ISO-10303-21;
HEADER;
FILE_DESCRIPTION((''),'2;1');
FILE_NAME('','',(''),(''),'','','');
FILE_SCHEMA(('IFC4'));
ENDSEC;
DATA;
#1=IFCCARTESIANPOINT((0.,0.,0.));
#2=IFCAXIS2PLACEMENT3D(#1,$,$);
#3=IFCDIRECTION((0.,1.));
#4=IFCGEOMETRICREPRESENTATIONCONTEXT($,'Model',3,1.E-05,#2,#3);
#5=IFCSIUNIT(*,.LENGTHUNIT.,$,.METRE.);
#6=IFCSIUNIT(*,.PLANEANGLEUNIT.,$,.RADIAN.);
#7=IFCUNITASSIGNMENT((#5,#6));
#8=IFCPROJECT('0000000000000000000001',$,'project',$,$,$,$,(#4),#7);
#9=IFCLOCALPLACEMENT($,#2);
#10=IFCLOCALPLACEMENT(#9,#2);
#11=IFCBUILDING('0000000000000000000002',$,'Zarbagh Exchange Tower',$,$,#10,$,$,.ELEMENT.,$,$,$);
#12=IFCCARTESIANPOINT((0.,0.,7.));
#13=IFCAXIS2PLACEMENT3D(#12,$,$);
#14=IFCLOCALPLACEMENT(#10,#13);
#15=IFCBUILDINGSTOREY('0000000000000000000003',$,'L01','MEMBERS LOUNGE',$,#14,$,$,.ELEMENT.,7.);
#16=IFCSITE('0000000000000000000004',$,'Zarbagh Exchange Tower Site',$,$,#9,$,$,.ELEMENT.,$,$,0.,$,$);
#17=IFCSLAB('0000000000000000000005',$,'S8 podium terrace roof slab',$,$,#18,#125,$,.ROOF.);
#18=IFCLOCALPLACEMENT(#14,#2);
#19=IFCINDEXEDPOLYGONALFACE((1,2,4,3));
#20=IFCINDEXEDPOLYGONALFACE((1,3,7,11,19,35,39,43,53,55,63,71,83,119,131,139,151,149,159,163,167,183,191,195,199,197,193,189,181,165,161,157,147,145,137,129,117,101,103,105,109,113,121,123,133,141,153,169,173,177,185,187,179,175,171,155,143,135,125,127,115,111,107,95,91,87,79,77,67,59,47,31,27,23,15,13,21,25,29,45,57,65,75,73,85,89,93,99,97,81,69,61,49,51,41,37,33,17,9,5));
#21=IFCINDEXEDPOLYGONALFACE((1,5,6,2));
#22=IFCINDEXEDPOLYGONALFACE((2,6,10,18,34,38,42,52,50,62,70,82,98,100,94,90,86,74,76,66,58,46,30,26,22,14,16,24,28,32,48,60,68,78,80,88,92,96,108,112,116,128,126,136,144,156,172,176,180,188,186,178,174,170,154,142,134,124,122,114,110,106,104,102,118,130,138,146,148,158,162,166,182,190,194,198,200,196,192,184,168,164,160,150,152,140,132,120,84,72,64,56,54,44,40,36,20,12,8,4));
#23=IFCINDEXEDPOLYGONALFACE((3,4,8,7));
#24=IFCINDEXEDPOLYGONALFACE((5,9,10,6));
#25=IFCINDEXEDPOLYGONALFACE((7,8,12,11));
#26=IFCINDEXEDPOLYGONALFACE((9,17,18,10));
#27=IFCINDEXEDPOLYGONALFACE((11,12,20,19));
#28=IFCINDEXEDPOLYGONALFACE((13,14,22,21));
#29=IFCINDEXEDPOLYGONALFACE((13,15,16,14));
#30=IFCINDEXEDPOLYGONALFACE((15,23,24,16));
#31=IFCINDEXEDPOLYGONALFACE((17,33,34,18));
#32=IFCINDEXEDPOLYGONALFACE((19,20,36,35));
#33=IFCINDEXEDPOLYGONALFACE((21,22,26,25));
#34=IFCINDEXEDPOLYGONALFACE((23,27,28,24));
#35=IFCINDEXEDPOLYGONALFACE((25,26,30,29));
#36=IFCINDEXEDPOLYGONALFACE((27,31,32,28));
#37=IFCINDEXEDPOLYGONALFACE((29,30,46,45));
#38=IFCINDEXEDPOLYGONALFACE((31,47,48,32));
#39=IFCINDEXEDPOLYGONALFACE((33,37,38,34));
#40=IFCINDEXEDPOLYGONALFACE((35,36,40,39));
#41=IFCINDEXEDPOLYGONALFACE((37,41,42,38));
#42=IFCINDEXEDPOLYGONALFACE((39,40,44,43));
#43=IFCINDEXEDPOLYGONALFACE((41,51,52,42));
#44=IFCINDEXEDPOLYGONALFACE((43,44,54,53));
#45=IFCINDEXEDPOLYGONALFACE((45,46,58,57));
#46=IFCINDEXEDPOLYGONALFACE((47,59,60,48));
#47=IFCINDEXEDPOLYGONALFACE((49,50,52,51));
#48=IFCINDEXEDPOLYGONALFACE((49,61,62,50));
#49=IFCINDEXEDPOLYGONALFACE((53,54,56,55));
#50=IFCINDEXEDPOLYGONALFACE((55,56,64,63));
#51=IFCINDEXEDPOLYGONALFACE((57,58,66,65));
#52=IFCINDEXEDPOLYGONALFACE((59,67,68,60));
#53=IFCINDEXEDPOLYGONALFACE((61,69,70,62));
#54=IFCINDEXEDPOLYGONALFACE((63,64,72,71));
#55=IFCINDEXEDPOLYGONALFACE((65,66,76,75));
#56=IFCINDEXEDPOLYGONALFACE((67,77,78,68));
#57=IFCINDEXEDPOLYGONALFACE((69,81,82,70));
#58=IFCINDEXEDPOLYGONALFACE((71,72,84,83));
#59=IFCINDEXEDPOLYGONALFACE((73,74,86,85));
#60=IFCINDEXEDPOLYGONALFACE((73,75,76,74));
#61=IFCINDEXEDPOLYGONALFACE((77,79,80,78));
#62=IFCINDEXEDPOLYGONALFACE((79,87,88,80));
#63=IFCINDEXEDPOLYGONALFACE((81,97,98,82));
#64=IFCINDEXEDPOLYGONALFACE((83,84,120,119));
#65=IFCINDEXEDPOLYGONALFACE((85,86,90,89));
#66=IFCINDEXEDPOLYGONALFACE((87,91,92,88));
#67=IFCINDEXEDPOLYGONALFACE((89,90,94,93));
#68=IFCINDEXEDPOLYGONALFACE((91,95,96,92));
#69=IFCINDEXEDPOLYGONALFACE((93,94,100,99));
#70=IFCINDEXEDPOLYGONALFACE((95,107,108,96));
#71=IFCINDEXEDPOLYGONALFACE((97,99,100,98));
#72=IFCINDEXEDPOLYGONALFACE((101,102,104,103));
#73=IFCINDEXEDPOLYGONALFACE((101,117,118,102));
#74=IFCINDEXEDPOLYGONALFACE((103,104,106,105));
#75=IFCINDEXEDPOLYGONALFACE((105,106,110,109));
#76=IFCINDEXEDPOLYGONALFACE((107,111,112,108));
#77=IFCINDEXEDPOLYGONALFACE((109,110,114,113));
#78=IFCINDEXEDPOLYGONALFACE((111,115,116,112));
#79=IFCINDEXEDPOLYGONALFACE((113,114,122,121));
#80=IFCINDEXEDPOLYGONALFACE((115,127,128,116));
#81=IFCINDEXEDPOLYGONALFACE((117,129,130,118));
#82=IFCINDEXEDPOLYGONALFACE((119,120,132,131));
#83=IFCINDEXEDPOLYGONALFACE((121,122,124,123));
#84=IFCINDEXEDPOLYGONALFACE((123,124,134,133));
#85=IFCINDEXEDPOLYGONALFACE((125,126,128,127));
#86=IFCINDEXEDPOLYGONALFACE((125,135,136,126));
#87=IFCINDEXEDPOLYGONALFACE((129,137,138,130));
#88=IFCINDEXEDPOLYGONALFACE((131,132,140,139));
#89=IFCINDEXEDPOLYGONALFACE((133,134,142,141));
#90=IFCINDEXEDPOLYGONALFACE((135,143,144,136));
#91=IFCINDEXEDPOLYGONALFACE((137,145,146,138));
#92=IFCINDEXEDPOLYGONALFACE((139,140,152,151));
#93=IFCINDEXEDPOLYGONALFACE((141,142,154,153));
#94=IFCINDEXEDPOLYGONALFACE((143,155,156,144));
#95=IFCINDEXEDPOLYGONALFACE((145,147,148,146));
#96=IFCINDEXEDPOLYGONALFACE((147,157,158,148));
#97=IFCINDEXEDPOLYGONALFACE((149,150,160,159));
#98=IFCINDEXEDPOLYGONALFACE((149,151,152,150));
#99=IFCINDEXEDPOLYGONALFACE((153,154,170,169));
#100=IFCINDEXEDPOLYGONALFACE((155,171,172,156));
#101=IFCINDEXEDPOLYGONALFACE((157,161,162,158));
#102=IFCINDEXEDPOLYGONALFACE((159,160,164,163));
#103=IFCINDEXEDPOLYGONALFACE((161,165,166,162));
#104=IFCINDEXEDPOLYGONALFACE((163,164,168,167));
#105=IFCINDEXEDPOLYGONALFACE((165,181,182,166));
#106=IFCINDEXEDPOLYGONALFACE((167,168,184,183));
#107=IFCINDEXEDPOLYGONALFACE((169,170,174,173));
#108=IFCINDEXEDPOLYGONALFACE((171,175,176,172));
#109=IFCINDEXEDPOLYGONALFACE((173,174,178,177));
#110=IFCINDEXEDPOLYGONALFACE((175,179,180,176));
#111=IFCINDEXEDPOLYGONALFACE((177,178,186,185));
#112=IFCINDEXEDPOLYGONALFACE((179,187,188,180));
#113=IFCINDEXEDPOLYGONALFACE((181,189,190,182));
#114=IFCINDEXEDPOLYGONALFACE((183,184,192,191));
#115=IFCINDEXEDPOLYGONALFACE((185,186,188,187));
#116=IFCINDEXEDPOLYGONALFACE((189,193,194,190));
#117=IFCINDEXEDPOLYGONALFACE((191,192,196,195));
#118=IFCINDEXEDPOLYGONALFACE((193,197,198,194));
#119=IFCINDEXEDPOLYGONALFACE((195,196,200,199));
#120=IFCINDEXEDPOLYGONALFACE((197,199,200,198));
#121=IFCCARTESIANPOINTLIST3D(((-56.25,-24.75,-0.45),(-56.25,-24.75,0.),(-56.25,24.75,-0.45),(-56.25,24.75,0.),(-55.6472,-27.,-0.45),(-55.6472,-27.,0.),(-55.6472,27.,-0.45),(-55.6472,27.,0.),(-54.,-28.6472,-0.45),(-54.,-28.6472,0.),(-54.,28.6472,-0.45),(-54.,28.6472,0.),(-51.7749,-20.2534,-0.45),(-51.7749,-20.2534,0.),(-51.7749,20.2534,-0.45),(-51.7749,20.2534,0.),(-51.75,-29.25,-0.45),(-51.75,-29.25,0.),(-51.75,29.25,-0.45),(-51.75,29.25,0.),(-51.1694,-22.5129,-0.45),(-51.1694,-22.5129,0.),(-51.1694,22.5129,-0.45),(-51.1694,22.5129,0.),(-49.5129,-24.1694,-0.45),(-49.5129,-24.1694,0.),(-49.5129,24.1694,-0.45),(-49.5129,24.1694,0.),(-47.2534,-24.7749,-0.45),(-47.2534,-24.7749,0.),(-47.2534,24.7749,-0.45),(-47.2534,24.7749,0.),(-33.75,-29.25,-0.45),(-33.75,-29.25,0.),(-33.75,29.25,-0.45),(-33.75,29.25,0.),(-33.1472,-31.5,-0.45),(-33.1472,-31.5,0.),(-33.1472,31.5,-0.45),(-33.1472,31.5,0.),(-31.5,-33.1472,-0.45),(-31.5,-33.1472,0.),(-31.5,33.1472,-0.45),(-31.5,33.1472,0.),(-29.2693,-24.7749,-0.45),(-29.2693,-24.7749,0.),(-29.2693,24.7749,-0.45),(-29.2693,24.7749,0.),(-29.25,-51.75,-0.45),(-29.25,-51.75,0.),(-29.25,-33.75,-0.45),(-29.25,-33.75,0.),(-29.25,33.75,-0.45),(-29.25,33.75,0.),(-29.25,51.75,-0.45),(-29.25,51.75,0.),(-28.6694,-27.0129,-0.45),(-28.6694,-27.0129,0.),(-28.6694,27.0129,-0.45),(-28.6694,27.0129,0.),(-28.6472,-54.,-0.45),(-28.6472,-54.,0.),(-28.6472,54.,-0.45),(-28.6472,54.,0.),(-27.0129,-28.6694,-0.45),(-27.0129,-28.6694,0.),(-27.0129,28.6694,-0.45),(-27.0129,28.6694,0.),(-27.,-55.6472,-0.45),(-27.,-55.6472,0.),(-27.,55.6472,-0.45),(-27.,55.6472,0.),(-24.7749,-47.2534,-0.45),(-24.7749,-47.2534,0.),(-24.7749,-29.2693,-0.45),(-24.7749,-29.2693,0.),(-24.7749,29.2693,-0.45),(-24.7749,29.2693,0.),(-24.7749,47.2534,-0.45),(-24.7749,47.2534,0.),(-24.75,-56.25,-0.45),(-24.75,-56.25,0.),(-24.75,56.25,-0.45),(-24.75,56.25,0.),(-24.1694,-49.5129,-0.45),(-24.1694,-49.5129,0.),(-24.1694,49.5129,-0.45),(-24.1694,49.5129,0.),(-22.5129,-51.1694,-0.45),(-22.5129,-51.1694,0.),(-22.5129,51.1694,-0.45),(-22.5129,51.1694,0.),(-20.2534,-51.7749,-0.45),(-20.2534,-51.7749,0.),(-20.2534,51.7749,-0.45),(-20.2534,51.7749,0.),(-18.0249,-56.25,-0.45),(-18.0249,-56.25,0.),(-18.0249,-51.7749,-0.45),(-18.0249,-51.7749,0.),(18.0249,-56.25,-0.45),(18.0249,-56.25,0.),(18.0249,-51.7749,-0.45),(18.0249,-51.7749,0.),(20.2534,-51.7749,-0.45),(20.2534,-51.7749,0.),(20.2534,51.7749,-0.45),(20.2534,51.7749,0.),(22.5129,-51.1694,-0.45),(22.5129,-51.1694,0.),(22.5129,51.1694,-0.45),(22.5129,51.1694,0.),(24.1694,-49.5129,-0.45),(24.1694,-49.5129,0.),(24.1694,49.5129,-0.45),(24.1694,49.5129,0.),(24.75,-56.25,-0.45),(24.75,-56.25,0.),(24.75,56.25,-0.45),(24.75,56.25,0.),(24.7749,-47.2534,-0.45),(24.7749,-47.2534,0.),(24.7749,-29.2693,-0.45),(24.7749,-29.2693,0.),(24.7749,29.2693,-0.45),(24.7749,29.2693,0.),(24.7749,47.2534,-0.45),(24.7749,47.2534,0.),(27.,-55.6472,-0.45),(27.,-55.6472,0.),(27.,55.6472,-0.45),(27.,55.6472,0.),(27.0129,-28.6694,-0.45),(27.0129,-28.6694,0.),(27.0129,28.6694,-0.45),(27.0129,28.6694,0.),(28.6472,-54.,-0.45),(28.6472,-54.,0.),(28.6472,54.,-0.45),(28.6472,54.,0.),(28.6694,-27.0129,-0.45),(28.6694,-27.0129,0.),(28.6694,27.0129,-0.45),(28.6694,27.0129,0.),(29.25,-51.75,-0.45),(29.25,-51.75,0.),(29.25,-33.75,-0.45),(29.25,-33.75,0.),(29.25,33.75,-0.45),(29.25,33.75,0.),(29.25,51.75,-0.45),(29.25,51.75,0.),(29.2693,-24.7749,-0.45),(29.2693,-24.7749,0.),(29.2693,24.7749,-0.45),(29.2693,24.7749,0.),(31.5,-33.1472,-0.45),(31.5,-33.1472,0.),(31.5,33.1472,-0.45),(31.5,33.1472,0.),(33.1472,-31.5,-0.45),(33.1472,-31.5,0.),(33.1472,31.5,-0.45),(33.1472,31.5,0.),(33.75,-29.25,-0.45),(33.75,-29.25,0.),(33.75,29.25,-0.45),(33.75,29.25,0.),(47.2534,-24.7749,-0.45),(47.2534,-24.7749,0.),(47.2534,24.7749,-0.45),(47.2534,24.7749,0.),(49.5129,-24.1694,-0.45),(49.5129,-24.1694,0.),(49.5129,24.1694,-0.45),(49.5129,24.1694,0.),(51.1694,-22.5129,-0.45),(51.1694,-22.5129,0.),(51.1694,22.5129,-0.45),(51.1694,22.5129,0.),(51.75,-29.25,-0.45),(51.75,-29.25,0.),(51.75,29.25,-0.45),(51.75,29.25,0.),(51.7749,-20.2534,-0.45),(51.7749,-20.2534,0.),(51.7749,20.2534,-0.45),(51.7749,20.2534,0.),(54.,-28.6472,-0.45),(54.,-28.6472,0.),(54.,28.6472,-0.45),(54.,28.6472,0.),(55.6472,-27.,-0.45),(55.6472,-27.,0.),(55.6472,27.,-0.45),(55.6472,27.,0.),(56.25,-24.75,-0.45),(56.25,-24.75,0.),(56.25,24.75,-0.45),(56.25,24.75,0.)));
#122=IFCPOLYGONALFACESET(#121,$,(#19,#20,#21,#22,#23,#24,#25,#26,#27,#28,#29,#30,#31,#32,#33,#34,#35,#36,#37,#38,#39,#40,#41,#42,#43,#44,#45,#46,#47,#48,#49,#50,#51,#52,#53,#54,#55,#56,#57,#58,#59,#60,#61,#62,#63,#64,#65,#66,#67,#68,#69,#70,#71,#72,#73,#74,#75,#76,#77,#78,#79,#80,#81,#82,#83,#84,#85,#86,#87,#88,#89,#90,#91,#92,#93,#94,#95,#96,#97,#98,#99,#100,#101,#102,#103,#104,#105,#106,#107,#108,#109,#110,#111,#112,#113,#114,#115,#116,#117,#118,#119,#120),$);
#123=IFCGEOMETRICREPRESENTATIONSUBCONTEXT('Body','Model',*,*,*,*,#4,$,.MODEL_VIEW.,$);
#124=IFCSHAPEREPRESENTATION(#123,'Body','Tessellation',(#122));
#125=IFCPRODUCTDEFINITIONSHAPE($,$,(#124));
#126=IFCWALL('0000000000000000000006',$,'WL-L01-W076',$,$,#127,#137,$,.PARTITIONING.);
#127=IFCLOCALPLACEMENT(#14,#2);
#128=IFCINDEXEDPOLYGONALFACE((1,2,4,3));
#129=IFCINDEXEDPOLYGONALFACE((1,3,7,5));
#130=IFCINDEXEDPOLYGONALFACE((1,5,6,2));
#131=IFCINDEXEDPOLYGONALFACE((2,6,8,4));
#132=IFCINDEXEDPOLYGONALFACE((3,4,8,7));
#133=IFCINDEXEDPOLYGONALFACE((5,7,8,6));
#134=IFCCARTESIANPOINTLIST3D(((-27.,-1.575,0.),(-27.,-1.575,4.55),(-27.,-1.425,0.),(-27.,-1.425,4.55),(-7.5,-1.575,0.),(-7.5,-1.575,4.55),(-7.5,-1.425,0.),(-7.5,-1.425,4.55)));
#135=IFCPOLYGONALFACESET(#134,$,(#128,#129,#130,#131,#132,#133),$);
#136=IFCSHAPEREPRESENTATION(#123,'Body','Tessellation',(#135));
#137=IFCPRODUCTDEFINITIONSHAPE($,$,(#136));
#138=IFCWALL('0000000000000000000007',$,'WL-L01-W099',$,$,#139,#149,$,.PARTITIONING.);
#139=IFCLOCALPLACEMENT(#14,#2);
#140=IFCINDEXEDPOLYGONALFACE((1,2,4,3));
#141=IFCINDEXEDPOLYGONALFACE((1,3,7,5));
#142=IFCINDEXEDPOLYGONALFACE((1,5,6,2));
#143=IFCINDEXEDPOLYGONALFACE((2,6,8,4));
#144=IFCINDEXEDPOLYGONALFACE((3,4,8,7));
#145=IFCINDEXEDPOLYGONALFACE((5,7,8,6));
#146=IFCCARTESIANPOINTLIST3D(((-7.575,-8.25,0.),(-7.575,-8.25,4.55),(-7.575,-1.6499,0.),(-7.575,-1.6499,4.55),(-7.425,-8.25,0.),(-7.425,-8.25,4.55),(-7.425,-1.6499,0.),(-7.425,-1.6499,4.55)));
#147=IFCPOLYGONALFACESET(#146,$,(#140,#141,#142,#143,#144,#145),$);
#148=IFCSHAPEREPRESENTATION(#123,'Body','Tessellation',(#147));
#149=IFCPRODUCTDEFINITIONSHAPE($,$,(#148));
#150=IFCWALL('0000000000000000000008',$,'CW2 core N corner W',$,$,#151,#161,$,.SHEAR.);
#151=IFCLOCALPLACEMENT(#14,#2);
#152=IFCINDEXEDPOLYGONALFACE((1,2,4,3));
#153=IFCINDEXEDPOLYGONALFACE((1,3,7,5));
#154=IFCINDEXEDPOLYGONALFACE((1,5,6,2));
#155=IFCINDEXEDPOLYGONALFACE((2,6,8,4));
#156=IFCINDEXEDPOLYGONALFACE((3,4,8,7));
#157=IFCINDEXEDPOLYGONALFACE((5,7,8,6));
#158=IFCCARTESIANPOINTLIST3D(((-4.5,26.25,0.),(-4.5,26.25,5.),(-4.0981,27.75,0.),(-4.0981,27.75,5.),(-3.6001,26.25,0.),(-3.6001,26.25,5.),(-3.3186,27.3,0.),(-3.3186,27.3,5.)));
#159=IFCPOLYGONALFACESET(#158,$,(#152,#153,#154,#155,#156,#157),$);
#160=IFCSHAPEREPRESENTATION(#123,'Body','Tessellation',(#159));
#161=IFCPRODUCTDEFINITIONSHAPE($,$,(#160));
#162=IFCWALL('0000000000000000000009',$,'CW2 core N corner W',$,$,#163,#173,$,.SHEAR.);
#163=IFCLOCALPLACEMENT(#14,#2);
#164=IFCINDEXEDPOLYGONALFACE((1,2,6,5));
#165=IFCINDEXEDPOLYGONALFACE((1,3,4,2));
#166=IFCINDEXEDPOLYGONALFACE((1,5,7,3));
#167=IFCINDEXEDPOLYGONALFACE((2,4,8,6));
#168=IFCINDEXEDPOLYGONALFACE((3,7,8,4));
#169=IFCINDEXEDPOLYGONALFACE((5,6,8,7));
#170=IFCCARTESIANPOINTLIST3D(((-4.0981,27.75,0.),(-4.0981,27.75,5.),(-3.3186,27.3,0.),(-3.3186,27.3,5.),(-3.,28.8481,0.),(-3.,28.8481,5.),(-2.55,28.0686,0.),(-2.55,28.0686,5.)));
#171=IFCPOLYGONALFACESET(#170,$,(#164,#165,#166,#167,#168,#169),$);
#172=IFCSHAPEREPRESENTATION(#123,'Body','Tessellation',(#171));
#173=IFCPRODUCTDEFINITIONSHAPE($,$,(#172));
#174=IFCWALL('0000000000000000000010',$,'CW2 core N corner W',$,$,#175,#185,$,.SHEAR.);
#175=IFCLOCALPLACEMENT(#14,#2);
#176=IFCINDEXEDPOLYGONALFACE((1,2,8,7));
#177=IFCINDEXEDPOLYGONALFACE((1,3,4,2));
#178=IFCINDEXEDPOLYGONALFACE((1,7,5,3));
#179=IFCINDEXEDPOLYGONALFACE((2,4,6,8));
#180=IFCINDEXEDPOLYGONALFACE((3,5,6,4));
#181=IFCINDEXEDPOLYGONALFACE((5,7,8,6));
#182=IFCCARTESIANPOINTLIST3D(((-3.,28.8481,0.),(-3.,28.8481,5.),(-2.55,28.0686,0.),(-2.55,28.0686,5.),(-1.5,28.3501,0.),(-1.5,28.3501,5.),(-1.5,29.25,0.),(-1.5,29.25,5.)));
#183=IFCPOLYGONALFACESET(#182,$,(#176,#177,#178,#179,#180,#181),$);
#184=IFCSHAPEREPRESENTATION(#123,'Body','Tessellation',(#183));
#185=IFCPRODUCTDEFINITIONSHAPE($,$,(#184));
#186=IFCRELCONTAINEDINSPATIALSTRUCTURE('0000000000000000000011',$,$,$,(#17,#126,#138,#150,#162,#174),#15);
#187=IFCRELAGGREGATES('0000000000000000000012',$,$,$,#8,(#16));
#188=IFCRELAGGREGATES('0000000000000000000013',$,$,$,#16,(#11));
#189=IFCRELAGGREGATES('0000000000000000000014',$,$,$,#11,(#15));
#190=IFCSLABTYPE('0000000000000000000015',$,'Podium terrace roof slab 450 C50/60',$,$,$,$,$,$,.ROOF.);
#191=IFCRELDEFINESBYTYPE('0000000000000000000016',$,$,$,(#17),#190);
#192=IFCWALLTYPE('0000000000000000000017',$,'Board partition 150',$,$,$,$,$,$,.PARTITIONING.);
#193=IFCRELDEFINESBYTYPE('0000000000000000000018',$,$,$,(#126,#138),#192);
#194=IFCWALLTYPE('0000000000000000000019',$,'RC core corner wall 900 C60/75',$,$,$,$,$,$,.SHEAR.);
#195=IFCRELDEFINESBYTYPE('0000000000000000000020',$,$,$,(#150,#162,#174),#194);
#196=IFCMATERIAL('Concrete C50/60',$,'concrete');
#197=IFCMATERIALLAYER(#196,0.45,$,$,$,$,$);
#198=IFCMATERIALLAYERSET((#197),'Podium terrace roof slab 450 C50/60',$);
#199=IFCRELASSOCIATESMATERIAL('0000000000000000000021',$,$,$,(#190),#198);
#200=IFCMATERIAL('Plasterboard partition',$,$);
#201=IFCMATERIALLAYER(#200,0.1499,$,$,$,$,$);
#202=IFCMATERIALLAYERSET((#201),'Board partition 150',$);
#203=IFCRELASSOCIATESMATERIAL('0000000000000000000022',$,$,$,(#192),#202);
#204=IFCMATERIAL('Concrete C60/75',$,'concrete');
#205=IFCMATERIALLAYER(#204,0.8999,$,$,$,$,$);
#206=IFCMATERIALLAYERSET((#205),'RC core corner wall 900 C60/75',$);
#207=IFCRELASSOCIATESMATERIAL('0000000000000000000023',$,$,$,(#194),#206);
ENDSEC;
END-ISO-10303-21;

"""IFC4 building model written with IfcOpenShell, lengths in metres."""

from ifc_helpers import new_model, si_unit, direction, frame, frame_2d, origin, place, context, subcontext, project, spatial, polyline, rectangle, outline, extrude, material, layer, layer_set, type_object, element, save


model = new_model("IFC4")

# Units and contexts
model_context = context("Model", 3, precision=1e-05, world=origin(), true_north=direction((0.0, 1.0)))
body_context = subcontext(model_context, "Body", "Model", "MODEL_VIEW")
ifc_project = project(units=[si_unit("LENGTHUNIT", "METRE"), si_unit("PLANEANGLEUNIT", "RADIAN")], contexts=[model_context])

# Site, building, storey
site_placement = place(None, origin())
site = spatial("IfcSite", under=ifc_project, at=site_placement, Name="Zarbagh Exchange Tower Site", CompositionType="ELEMENT", RefElevation=0.0)
building_placement = place(site_placement, origin())
building = spatial("IfcBuilding", under=site, at=building_placement, Name="Zarbagh Exchange Tower", CompositionType="ELEMENT")
storey_placement = place(building_placement, frame((0.0, 0.0, 7.0)))
storey = spatial("IfcBuildingStorey", under=building, at=storey_placement, Name="L01", Description="MEMBERS LOUNGE", CompositionType="ELEMENT", Elevation=7.0)

# Shared definitions
ifc_material_1 = material(Name="Concrete C60/75", Category="concrete")

# Slab
ifc_material_2 = material(Name="Concrete C50/60", Category="concrete")
ifc_layer_1 = layer(ifc_material_2, 0.45)
ifc_layer_set_1 = layer_set([ifc_layer_1], Name="Podium terrace roof slab 450 C50/60")
slab_type_1 = type_object("IfcSlabType", Name="Podium terrace roof slab 450 C50/60", PredefinedType="ROOF", material=ifc_layer_set_1)
slab_1_placement = place(storey_placement, frame((0.0, 0.0, -0.45)))
element("IfcSlab", 1, at=slab_1_placement, inside=storey, type_object=slab_type_1, Name="S8 podium terrace roof slab", PredefinedType="ROOF", context=body_context, shape_type="SweptSolid", body=[
    extrude(outline(polyline([(-28.6472, -54.0), (-29.25, -51.75), (-29.25, -33.75), (-31.5, -33.1472), (-33.1472, -31.5), (-33.75, -29.25), (-51.75, -29.25), (-54.0, -28.6472), (-55.6472, -27.0), (-56.25, -24.75), (-56.25, 24.75), (-55.6472, 27.0), (-54.0, 28.6472), (-51.75, 29.25), (-33.75, 29.25), (-33.1472, 31.5), (-31.5, 33.1472), (-29.25, 33.75), (-29.25, 51.75), (-28.6472, 54.0), (-27.0, 55.6472), (-24.75, 56.25), (24.75, 56.25), (27.0, 55.6472), (28.6472, 54.0), (29.25, 51.75), (29.25, 33.75), (31.5, 33.1472), (33.1472, 31.5), (33.75, 29.25), (51.75, 29.25), (54.0, 28.6472), (55.6472, 27.0), (56.25, 24.75), (56.25, -24.75), (55.6472, -27.0), (54.0, -28.6472), (51.75, -29.25), (33.75, -29.25), (33.1472, -31.5), (31.5, -33.1472), (29.25, -33.75), (29.25, -51.75), (28.6472, -54.0), (27.0, -55.6472), (24.75, -56.25), (18.0249, -56.25), (18.0249, -51.7749), (20.2534, -51.7749), (22.5129, -51.1694), (24.1694, -49.5129), (24.7749, -47.2534), (24.7749, -29.2693), (27.0129, -28.6694), (28.6694, -27.0129), (29.2693, -24.7749), (47.2534, -24.7749), (49.5129, -24.1694), (51.1694, -22.5129), (51.7749, -20.2534), (51.7749, 20.2534), (51.1694, 22.5129), (49.5129, 24.1694), (47.2534, 24.7749), (29.2693, 24.7749), (28.6694, 27.0129), (27.0129, 28.6694), (24.7749, 29.2693), (24.7749, 47.2534), (24.1694, 49.5129), (22.5129, 51.1694), (20.2534, 51.7749), (-20.2534, 51.7749), (-22.5129, 51.1694), (-24.1694, 49.5129), (-24.7749, 47.2534), (-24.7749, 29.2693), (-27.0129, 28.6694), (-28.6694, 27.0129), (-29.2693, 24.7749), (-47.2534, 24.7749), (-49.5129, 24.1694), (-51.1694, 22.5129), (-51.7749, 20.2534), (-51.7749, -20.2534), (-51.1694, -22.5129), (-49.5129, -24.1694), (-47.2534, -24.7749), (-29.2693, -24.7749), (-28.6694, -27.0129), (-27.0129, -28.6694), (-24.7749, -29.2693), (-24.7749, -47.2534), (-24.1694, -49.5129), (-22.5129, -51.1694), (-20.2534, -51.7749), (-18.0249, -51.7749), (-18.0249, -56.25), (-24.75, -56.25), (-27.0, -55.6472), (-28.6472, -54.0)])), origin(), (0.0, 0.0, 1.0), 0.45),
])

# Walls
ifc_material_3 = material(Name="Plasterboard partition")
ifc_layer_2 = layer(ifc_material_3, 0.1499)
ifc_layer_set_2 = layer_set([ifc_layer_2], Name="Board partition 150")
wall_type_1 = type_object("IfcWallType", Name="Board partition 150", PredefinedType="PARTITIONING", material=ifc_layer_set_2)
wall_1_placement = place(storey_placement, frame((-7.5, -1.5, 0.0), z_axis=(0.0, 0.0, 1.0), x_axis=(-1.0, 0.0, 0.0)))
element("IfcWall", 2, at=wall_1_placement, inside=storey, type_object=wall_type_1, Name="WL-L01-W076", PredefinedType="PARTITIONING", context=body_context, shape_type="SweptSolid", body=[
    extrude(rectangle(XDim=19.5, YDim=0.1499, at=frame_2d((9.75, 0.0))), origin(), (0.0, 0.0, 1.0), 4.55),
])
wall_2_placement = place(storey_placement, frame((-7.5, -1.6499, 0.0), z_axis=(0.0, 0.0, 1.0), x_axis=(0.0, -1.0, 0.0)))
element("IfcWall", 3, at=wall_2_placement, inside=storey, type_object=wall_type_1, Name="WL-L01-W099", PredefinedType="PARTITIONING", context=body_context, shape_type="SweptSolid", body=[
    extrude(rectangle(XDim=6.6001, YDim=0.1499, at=frame_2d((3.3, 0.0))), origin(), (0.0, 0.0, 1.0), 4.55),
])
ifc_layer_3 = layer(ifc_material_1, 0.8999)
ifc_layer_set_3 = layer_set([ifc_layer_3], Name="RC core corner wall 900 C60/75")
wall_type_2 = type_object("IfcWallType", Name="RC core corner wall 900 C60/75", PredefinedType="SHEAR", material=ifc_layer_set_3)
wall_3_placement = place(storey_placement, origin())
element("IfcWall", 4, at=wall_3_placement, inside=storey, type_object=wall_type_2, Name="CW2 core N corner W", PredefinedType="SHEAR", context=body_context, shape_type="SweptSolid", body=[
    extrude(outline(polyline([(-4.5, 26.25), (-4.0981, 27.75), (-3.3186, 27.3), (-3.6001, 26.25), (-4.5, 26.25)])), origin(), (0.0, 0.0, 1.0), 5.0),
])
wall_4_placement = place(storey_placement, origin())
element("IfcWall", 5, at=wall_4_placement, inside=storey, type_object=wall_type_2, Name="CW2 core N corner W", PredefinedType="SHEAR", context=body_context, shape_type="SweptSolid", body=[
    extrude(outline(polyline([(-4.0981, 27.75), (-3.0, 28.8481), (-2.55, 28.0686), (-3.3186, 27.3), (-4.0981, 27.75)])), origin(), (0.0, 0.0, 1.0), 5.0),
])
wall_5_placement = place(storey_placement, origin())
element("IfcWall", 6, at=wall_5_placement, inside=storey, type_object=wall_type_2, Name="CW2 core N corner W", PredefinedType="SHEAR", context=body_context, shape_type="SweptSolid", body=[
    extrude(outline(polyline([(-3.0, 28.8481), (-1.5, 29.25), (-1.5, 28.3501), (-2.55, 28.0686), (-3.0, 28.8481)])), origin(), (0.0, 0.0, 1.0), 5.0),
])

save(model, "model.ifc")
